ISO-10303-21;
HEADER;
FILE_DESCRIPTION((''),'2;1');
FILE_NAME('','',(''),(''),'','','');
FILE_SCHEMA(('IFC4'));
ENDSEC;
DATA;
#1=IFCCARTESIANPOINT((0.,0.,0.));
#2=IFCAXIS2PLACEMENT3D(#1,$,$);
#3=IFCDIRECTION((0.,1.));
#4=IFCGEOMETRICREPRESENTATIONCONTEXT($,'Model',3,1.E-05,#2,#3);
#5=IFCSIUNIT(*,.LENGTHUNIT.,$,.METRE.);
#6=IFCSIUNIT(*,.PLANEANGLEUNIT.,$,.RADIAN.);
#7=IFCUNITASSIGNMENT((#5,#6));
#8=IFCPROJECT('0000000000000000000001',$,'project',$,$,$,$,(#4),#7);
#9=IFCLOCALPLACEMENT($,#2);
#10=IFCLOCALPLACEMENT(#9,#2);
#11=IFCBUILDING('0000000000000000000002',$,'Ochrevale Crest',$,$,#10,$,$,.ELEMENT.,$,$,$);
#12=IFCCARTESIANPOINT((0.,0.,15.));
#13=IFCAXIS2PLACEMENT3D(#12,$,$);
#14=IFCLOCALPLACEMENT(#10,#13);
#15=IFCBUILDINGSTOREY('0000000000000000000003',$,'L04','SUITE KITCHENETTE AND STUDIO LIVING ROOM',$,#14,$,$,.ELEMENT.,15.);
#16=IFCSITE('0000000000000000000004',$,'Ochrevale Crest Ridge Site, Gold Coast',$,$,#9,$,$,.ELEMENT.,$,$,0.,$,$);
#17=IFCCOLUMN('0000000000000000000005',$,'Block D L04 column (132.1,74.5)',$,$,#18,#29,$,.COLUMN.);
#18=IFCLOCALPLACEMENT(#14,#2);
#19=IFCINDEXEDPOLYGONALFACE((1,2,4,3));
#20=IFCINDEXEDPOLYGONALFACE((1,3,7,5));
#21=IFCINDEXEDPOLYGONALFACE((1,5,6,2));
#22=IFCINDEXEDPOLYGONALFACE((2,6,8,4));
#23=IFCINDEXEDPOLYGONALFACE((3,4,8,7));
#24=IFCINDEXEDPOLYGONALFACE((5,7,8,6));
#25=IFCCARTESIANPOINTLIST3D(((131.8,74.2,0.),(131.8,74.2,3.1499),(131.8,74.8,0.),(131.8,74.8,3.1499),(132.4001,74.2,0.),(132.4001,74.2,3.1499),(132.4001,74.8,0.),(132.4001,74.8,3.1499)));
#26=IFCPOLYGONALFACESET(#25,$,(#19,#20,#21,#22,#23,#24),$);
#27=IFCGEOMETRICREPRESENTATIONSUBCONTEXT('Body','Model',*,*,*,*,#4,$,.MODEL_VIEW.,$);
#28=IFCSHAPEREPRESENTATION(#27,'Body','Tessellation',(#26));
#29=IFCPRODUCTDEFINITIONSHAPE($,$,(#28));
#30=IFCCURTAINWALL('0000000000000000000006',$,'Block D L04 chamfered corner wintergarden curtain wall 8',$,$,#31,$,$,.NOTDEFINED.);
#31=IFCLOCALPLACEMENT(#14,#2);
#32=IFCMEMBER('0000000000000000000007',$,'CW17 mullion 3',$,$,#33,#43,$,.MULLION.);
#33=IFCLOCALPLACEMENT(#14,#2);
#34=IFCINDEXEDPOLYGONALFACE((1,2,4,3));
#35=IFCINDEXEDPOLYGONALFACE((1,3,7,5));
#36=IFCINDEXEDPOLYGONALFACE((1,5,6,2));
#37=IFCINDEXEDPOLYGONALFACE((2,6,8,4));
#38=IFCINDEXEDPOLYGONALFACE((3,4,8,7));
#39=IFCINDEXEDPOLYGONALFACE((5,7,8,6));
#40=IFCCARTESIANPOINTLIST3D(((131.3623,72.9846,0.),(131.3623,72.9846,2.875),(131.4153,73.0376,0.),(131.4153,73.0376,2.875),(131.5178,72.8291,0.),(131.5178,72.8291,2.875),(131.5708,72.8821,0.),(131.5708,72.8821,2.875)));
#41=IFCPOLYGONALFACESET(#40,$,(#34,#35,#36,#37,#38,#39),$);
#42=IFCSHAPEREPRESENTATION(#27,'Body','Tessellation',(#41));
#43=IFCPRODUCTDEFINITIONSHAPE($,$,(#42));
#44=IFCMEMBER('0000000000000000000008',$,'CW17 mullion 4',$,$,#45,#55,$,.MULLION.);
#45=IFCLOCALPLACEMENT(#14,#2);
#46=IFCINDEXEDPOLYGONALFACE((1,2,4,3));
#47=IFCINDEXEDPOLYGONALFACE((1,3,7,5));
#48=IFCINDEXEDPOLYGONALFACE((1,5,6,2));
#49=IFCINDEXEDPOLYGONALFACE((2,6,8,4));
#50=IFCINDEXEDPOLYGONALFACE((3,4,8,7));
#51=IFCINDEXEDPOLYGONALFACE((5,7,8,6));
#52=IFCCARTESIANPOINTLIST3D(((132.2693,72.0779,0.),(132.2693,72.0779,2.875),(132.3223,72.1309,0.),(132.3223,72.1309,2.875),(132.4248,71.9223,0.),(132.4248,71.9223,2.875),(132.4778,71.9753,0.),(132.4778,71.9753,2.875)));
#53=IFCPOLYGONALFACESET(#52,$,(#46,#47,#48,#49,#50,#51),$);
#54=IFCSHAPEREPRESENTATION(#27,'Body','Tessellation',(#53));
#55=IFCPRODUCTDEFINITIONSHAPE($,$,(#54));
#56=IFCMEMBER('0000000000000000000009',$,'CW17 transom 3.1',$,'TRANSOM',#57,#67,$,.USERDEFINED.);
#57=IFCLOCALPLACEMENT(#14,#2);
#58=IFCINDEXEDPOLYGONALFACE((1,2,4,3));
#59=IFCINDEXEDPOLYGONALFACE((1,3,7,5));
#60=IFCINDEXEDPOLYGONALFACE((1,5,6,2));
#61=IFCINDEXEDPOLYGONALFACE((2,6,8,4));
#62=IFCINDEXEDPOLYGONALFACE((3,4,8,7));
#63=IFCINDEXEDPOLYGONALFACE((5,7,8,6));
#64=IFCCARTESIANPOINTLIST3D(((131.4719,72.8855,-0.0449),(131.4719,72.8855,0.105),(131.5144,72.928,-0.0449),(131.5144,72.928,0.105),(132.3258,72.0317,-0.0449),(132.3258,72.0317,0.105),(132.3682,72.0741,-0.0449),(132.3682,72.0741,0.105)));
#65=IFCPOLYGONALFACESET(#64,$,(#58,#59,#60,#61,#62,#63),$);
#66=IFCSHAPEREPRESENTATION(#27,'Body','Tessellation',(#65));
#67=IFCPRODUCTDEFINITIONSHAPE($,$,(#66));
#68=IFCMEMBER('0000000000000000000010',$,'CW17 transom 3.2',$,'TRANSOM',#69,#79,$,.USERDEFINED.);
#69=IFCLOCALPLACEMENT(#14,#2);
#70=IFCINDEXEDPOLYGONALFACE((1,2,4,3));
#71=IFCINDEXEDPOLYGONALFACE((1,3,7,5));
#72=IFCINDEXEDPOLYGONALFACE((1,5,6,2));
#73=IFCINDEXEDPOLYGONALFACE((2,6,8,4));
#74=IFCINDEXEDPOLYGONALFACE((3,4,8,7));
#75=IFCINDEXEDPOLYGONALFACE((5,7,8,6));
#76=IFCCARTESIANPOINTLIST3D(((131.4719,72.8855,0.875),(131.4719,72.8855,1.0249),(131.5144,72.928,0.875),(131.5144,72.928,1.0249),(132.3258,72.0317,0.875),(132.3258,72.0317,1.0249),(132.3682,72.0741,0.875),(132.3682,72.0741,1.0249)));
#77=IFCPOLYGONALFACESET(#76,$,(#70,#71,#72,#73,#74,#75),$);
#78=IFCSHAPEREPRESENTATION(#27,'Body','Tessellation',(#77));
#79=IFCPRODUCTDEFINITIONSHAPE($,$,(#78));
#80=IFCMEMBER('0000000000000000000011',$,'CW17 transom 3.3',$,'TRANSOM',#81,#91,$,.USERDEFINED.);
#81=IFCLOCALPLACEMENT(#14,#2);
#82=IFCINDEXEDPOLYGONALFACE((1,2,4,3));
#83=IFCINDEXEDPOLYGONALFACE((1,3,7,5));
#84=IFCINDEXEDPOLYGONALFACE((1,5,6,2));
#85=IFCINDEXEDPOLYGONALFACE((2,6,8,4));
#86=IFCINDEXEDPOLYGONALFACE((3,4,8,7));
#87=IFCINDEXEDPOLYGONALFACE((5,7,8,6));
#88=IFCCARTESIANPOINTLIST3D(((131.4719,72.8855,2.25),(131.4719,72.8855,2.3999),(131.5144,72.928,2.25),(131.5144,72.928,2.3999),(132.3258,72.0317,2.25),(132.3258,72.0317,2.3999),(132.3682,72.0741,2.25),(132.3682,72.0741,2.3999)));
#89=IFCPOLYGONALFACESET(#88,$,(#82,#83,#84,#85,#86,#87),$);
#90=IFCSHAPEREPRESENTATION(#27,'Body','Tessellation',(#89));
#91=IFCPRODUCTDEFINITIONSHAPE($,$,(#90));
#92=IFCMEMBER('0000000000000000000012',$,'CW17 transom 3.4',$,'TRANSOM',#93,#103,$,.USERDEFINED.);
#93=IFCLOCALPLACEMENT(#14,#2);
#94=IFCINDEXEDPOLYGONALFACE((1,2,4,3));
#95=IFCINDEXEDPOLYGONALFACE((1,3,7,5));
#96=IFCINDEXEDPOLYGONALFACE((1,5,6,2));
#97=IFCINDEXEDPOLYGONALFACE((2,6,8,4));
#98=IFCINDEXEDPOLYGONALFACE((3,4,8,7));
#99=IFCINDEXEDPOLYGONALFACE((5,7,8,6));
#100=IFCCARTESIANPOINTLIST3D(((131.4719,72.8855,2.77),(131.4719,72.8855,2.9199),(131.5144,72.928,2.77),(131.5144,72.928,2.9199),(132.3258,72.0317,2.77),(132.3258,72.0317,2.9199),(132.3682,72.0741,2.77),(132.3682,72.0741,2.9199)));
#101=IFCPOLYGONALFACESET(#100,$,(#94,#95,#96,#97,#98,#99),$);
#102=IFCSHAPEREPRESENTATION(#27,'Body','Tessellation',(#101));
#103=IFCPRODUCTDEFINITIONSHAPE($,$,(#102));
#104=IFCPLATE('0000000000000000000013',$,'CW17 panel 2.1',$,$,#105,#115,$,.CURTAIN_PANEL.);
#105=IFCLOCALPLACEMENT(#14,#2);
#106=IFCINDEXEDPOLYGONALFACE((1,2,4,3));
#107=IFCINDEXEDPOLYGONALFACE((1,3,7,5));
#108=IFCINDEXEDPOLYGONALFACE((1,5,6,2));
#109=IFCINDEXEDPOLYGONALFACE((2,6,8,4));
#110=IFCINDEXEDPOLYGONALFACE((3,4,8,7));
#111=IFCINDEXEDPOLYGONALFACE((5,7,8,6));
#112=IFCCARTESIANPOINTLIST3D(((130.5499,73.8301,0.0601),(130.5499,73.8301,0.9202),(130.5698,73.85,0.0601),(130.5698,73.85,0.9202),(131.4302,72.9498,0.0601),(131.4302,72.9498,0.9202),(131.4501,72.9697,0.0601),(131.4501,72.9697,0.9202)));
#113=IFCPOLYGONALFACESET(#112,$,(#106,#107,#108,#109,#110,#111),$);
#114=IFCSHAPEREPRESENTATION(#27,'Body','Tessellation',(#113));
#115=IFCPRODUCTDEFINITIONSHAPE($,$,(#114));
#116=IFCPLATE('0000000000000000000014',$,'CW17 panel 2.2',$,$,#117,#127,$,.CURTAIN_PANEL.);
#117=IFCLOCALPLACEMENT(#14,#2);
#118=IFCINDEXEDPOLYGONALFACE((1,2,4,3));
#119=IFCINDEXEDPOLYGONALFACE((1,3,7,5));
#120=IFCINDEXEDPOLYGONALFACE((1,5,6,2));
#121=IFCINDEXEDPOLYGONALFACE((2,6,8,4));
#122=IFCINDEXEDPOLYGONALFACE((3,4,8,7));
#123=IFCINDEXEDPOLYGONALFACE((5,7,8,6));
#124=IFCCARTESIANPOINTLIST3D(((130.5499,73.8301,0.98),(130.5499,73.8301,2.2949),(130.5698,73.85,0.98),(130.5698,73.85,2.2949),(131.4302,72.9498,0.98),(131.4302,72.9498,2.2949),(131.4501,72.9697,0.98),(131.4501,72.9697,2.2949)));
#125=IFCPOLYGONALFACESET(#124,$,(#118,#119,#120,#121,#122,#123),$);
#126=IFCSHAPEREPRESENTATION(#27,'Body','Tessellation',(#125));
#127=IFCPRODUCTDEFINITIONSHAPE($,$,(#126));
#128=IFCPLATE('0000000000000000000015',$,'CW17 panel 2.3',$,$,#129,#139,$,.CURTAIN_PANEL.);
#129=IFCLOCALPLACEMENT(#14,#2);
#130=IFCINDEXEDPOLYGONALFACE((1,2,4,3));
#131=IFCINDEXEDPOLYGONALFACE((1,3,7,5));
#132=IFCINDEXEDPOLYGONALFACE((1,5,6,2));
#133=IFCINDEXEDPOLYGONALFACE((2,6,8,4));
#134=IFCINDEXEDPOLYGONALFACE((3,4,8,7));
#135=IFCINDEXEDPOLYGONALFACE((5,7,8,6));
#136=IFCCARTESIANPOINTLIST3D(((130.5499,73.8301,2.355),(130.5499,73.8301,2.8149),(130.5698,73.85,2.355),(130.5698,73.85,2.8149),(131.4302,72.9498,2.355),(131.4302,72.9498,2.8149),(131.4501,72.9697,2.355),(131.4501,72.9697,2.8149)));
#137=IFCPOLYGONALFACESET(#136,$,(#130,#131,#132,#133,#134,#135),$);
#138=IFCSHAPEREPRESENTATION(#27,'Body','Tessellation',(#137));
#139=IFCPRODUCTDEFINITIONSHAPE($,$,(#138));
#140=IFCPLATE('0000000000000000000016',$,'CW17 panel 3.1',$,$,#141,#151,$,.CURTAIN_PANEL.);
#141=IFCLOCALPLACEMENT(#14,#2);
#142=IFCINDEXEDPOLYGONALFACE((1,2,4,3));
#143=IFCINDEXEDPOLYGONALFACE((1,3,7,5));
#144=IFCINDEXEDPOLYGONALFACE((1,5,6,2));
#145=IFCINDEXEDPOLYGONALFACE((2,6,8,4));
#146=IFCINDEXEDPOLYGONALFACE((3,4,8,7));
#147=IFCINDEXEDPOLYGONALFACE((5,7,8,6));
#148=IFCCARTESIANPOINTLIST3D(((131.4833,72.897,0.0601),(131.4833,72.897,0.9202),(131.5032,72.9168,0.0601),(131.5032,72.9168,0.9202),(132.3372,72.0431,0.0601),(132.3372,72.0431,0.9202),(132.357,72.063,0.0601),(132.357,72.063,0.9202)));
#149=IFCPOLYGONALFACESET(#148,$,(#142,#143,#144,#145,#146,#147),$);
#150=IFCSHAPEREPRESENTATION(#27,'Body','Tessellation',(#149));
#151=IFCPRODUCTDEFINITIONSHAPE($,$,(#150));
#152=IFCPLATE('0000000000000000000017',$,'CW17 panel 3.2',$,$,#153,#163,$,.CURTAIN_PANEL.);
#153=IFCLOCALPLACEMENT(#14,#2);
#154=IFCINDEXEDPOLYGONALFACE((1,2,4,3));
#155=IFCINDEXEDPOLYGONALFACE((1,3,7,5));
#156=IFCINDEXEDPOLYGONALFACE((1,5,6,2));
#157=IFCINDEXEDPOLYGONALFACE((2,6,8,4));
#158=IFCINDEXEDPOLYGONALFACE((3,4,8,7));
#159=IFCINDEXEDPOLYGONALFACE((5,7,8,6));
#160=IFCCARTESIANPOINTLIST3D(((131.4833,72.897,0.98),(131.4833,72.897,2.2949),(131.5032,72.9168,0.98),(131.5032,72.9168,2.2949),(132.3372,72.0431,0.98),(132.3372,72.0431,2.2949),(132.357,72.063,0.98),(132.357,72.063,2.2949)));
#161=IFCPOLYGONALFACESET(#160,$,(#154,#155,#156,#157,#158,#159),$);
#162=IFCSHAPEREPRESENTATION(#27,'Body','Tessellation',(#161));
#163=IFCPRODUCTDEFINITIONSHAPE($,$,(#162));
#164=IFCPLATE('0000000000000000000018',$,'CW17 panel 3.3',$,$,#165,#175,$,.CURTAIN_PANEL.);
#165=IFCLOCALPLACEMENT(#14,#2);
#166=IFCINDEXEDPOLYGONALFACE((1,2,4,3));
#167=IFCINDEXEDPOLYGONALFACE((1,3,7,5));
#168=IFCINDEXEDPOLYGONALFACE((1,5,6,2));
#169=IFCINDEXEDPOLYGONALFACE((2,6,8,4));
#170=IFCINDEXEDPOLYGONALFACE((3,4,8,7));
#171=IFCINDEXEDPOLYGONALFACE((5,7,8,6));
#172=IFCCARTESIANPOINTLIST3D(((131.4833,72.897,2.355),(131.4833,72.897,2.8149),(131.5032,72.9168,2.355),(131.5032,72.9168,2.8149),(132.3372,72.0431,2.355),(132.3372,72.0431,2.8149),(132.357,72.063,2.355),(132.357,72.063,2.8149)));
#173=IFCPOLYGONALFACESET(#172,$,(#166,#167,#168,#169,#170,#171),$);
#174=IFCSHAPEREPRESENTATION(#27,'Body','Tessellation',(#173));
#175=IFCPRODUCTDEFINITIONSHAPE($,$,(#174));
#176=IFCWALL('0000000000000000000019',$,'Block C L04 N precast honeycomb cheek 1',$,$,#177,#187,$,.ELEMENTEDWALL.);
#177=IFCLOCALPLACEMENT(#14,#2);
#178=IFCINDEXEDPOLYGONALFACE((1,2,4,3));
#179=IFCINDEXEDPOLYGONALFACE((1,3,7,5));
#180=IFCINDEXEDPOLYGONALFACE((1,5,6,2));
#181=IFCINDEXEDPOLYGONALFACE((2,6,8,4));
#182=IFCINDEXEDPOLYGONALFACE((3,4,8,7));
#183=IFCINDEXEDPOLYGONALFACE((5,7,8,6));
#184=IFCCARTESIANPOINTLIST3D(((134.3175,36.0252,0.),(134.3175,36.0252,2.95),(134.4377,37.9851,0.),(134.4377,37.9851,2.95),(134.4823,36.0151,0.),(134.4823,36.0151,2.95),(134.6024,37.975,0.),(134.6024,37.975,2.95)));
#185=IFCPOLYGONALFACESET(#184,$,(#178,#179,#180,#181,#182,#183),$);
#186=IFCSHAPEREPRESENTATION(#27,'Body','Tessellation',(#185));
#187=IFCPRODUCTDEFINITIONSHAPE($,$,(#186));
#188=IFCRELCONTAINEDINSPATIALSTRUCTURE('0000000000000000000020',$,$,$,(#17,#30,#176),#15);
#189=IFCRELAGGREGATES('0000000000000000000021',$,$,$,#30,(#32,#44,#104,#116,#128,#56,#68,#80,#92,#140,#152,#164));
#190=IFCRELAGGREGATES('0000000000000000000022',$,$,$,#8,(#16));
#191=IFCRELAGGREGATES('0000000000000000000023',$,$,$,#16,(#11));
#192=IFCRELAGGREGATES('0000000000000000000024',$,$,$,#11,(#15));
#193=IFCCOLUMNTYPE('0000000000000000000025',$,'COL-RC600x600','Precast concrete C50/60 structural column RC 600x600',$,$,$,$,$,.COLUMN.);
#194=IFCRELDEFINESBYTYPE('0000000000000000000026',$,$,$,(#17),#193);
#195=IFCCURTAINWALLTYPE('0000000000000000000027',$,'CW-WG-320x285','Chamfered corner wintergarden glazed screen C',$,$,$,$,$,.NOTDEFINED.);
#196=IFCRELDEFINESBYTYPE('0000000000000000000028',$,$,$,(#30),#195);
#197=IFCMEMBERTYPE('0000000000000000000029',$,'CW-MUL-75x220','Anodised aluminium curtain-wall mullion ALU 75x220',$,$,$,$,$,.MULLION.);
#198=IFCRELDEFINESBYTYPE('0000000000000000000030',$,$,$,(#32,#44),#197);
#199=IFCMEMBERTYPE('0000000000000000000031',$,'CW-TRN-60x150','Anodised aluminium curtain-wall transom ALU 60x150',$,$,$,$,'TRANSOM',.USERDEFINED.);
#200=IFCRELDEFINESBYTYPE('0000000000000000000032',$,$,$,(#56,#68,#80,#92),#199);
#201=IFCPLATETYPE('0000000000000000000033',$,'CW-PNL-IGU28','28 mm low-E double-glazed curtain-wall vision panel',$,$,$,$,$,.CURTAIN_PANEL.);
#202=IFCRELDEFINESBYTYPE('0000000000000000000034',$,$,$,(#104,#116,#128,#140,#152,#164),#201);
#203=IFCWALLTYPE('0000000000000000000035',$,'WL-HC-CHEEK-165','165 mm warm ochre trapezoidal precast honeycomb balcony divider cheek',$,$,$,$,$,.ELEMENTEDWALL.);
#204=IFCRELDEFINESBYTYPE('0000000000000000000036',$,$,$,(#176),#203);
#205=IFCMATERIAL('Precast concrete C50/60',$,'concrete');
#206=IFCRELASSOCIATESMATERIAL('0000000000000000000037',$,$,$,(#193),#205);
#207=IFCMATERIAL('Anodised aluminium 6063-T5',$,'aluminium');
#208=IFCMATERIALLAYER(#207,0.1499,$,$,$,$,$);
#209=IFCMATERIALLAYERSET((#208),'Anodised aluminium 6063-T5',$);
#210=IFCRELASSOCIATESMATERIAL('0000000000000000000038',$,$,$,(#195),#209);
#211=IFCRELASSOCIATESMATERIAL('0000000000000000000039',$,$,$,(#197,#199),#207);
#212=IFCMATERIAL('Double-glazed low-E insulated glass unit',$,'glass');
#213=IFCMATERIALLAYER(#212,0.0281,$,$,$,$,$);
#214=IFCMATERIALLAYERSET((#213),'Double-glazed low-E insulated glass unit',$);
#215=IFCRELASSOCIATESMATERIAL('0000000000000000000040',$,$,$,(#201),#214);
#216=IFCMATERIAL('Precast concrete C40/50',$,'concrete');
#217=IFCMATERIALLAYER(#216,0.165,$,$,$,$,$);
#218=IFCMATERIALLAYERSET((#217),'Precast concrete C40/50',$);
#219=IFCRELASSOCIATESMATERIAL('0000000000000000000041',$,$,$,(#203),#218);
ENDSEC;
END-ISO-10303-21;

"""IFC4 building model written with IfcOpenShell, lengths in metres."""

from ifc_helpers import new_model, si_unit, direction, frame, frame_2d, origin, origin_2d, place, context, subcontext, project, spatial, rectangle, extrude, material, layer, layer_set, material_profile, profile_set, type_object, element, aggregate, save


model = new_model("IFC4")

# Units and contexts
model_context = context("Model", 3, precision=1e-05, world=origin(), true_north=direction((0.0, 1.0)))
body_context = subcontext(model_context, "Body", "Model", "MODEL_VIEW")
ifc_project = project(units=[si_unit("LENGTHUNIT", "METRE"), si_unit("PLANEANGLEUNIT", "RADIAN")], contexts=[model_context])

# Site, building, storey
site_placement = place(None, origin())
site = spatial("IfcSite", under=ifc_project, at=site_placement, Name="Ochrevale Crest Ridge Site, Gold Coast", CompositionType="ELEMENT", RefElevation=0.0)
building_placement = place(site_placement, origin())
building = spatial("IfcBuilding", under=site, at=building_placement, Name="Ochrevale Crest", CompositionType="ELEMENT")
storey_placement = place(building_placement, frame((0.0, 0.0, 15.0)))
storey = spatial("IfcBuildingStorey", under=building, at=storey_placement, Name="L04", Description="SUITE KITCHENETTE AND STUDIO LIVING ROOM", CompositionType="ELEMENT", Elevation=15.0)

# Column
ifc_material_1 = material(Name="Precast concrete C50/60", Category="concrete")
ifc_material_profile_1 = material_profile(ifc_material_1, rectangle(XDim=0.6001, YDim=0.6001, at=origin_2d()), Name="RC 600x600")
ifc_profile_set_1 = profile_set([ifc_material_profile_1], Name="Precast concrete C50/60")
column_type = type_object("IfcColumnType", Name="COL-RC600x600", Description="Precast concrete C50/60 structural column RC 600x600", PredefinedType="COLUMN", material=ifc_profile_set_1)
column_placement = place(storey_placement, frame((132.1001, 74.5, 0.0), z_axis=(0.0, 0.0, 1.0), x_axis=(1.0, 0.0, 0.0)))
element("IfcColumn", 1, at=column_placement, inside=storey, type_object=column_type, Name="Block D L04 column (132.1,74.5)", PredefinedType="COLUMN", context=body_context, shape_type="SweptSolid", body=[
    extrude(rectangle(XDim=0.6001, YDim=0.6001, at=origin_2d()), origin(), (0.0, 0.0, 1.0), 3.1499),
])

# Curtain wall, members, plates
ifc_material_2 = material(Name="Anodised aluminium 6063-T5", Category="aluminium")
ifc_layer_1 = layer(ifc_material_2, 0.1499)
ifc_layer_set_1 = layer_set([ifc_layer_1], Name="Anodised aluminium 6063-T5")
curtain_wall_type = type_object("IfcCurtainWallType", Name="CW-WG-320x285", Description="Chamfered corner wintergarden glazed screen C", PredefinedType="NOTDEFINED", material=ifc_layer_set_1)
curtain_wall_placement = place(storey_placement, origin())
curtain_wall = element("IfcCurtainWall", 2, at=curtain_wall_placement, inside=storey, type_object=curtain_wall_type, Name="Block D L04 chamfered corner wintergarden curtain wall 8", PredefinedType="NOTDEFINED")
ifc_material_profile_2 = material_profile(ifc_material_2, rectangle(XDim=0.075, YDim=0.22, at=origin_2d()), Name="ALU 75x220")
ifc_profile_set_2 = profile_set([ifc_material_profile_2], Name="Anodised aluminium 6063-T5")
member_type_1 = type_object("IfcMemberType", Name="CW-MUL-75x220", Description="Anodised aluminium curtain-wall mullion ALU 75x220", PredefinedType="MULLION", material=ifc_profile_set_2)
member_1_placement = place(storey_placement, frame((131.4666, 72.9333, 0.0), z_axis=(0.0, 0.0, 1.0), x_axis=(0.707107, 0.707107, 0.0)))
member_1 = element("IfcMember", 3, at=member_1_placement, type_object=member_type_1, Name="CW17 mullion 3", PredefinedType="MULLION", context=body_context, shape_type="SweptSolid", body=[
    extrude(rectangle(XDim=0.075, YDim=0.22, at=origin_2d()), origin(), (0.0, 0.0, 1.0), 2.875),
])
member_2_placement = place(storey_placement, frame((132.3735, 72.0266, 0.0), z_axis=(0.0, 0.0, 1.0), x_axis=(0.707107, 0.707107, 0.0)))
member_2 = element("IfcMember", 4, at=member_2_placement, type_object=member_type_1, Name="CW17 mullion 4", PredefinedType="MULLION", context=body_context, shape_type="SweptSolid", body=[
    extrude(rectangle(XDim=0.075, YDim=0.22, at=origin_2d()), origin(), (0.0, 0.0, 1.0), 2.875),
])
ifc_material_profile_3 = material_profile(ifc_material_2, rectangle(XDim=0.0601, YDim=0.1499, at=origin_2d()), Name="ALU 60x150")
ifc_profile_set_3 = profile_set([ifc_material_profile_3], Name="Anodised aluminium 6063-T5")
member_type_2 = type_object("IfcMemberType", Name="CW-TRN-60x150", Description="Anodised aluminium curtain-wall transom ALU 60x150", ElementType="TRANSOM", PredefinedType="USERDEFINED", material=ifc_profile_set_3)
member_3_placement = place(storey_placement, frame((131.4932, 72.9067, 0.03), z_axis=(0.707107, -0.707107, 0.0), x_axis=(0.707107, 0.707107, 0.0)))
member_3 = element("IfcMember", 5, at=member_3_placement, type_object=member_type_2, Name="CW17 transom 3.1", ObjectType="TRANSOM", PredefinedType="USERDEFINED", context=body_context, shape_type="SweptSolid", body=[
    extrude(rectangle(XDim=0.0601, YDim=0.1499, at=origin_2d()), origin(), (0.0, 0.0, 1.0), 1.2075),
])
member_4_placement = place(storey_placement, frame((131.4932, 72.9067, 0.95), z_axis=(0.707107, -0.707107, 0.0), x_axis=(0.707107, 0.707107, 0.0)))
member_4 = element("IfcMember", 6, at=member_4_placement, type_object=member_type_2, Name="CW17 transom 3.2", ObjectType="TRANSOM", PredefinedType="USERDEFINED", context=body_context, shape_type="SweptSolid", body=[
    extrude(rectangle(XDim=0.0601, YDim=0.1499, at=origin_2d()), origin(), (0.0, 0.0, 1.0), 1.2075),
])
member_5_placement = place(storey_placement, frame((131.4932, 72.9067, 2.325), z_axis=(0.707107, -0.707107, 0.0), x_axis=(0.707107, 0.707107, 0.0)))
member_5 = element("IfcMember", 7, at=member_5_placement, type_object=member_type_2, Name="CW17 transom 3.3", ObjectType="TRANSOM", PredefinedType="USERDEFINED", context=body_context, shape_type="SweptSolid", body=[
    extrude(rectangle(XDim=0.0601, YDim=0.1499, at=origin_2d()), origin(), (0.0, 0.0, 1.0), 1.2075),
])
member_6_placement = place(storey_placement, frame((131.4932, 72.9067, 2.845), z_axis=(0.707107, -0.707107, 0.0), x_axis=(0.707107, 0.707107, 0.0)))
member_6 = element("IfcMember", 8, at=member_6_placement, type_object=member_type_2, Name="CW17 transom 3.4", ObjectType="TRANSOM", PredefinedType="USERDEFINED", context=body_context, shape_type="SweptSolid", body=[
    extrude(rectangle(XDim=0.0601, YDim=0.1499, at=origin_2d()), origin(), (0.0, 0.0, 1.0), 1.2075),
])
ifc_material_3 = material(Name="Double-glazed low-E insulated glass unit", Category="glass")
ifc_layer_2 = layer(ifc_material_3, 0.0281)
ifc_layer_set_2 = layer_set([ifc_layer_2], Name="Double-glazed low-E insulated glass unit")
plate_type = type_object("IfcPlateType", Name="CW-PNL-IGU28", Description="28 mm low-E double-glazed curtain-wall vision panel", PredefinedType="CURTAIN_PANEL", material=ifc_layer_set_2)
plate_1_placement = place(storey_placement, frame((131.0, 73.3999, 0.0601), z_axis=(0.0, 0.0, 1.0), x_axis=(0.707107, -0.707107, 0.0)))
plate_1 = element("IfcPlate", 9, at=plate_1_placement, type_object=plate_type, Name="CW17 panel 2.1", PredefinedType="CURTAIN_PANEL", context=body_context, shape_type="SweptSolid", body=[
    extrude(rectangle(XDim=1.2449, YDim=0.0281, at=origin_2d()), origin(), (0.0, 0.0, 1.0), 0.8601),
])
plate_2_placement = place(storey_placement, frame((131.0, 73.3999, 0.98), z_axis=(0.0, 0.0, 1.0), x_axis=(0.707107, -0.707107, 0.0)))
plate_2 = element("IfcPlate", 10, at=plate_2_placement, type_object=plate_type, Name="CW17 panel 2.2", PredefinedType="CURTAIN_PANEL", context=body_context, shape_type="SweptSolid", body=[
    extrude(rectangle(XDim=1.2449, YDim=0.0281, at=origin_2d()), origin(), (0.0, 0.0, 1.0), 1.3149),
])
plate_3_placement = place(storey_placement, frame((131.0, 73.3999, 2.355), z_axis=(0.0, 0.0, 1.0), x_axis=(0.707107, -0.707107, 0.0)))
plate_3 = element("IfcPlate", 11, at=plate_3_placement, type_object=plate_type, Name="CW17 panel 2.3", PredefinedType="CURTAIN_PANEL", context=body_context, shape_type="SweptSolid", body=[
    extrude(rectangle(XDim=1.2449, YDim=0.0281, at=origin_2d()), origin(), (0.0, 0.0, 1.0), 0.46),
])
plate_4_placement = place(storey_placement, frame((131.9202, 72.48, 0.0601), z_axis=(0.0, 0.0, 1.0), x_axis=(0.707107, -0.707107, 0.0)))
plate_4 = element("IfcPlate", 12, at=plate_4_placement, type_object=plate_type, Name="CW17 panel 3.1", PredefinedType="CURTAIN_PANEL", context=body_context, shape_type="SweptSolid", body=[
    extrude(rectangle(XDim=1.2075, YDim=0.0281, at=origin_2d()), origin(), (0.0, 0.0, 1.0), 0.8601),
])
plate_5_placement = place(storey_placement, frame((131.9202, 72.48, 0.98), z_axis=(0.0, 0.0, 1.0), x_axis=(0.707107, -0.707107, 0.0)))
plate_5 = element("IfcPlate", 13, at=plate_5_placement, type_object=plate_type, Name="CW17 panel 3.2", PredefinedType="CURTAIN_PANEL", context=body_context, shape_type="SweptSolid", body=[
    extrude(rectangle(XDim=1.2075, YDim=0.0281, at=origin_2d()), origin(), (0.0, 0.0, 1.0), 1.3149),
])
plate_6_placement = place(storey_placement, frame((131.9202, 72.48, 2.355), z_axis=(0.0, 0.0, 1.0), x_axis=(0.707107, -0.707107, 0.0)))
plate_6 = element("IfcPlate", 14, at=plate_6_placement, type_object=plate_type, Name="CW17 panel 3.3", PredefinedType="CURTAIN_PANEL", context=body_context, shape_type="SweptSolid", body=[
    extrude(rectangle(XDim=1.2075, YDim=0.0281, at=origin_2d()), origin(), (0.0, 0.0, 1.0), 0.46),
])
aggregate(curtain_wall, [member_1, member_2, plate_1, plate_2, plate_3, member_3, member_4, member_5, member_6, plate_4, plate_5, plate_6])

# Shared definitions
ifc_material_4 = material(Name="Precast concrete C40/50", Category="concrete")

# Wall
ifc_layer_3 = layer(ifc_material_4, 0.165)
ifc_layer_set_3 = layer_set([ifc_layer_3], Name="Precast concrete C40/50")
wall_type_1 = type_object("IfcWallType", Name="WL-HC-CHEEK-165", Description="165 mm warm ochre trapezoidal precast honeycomb balcony divider cheek", PredefinedType="ELEMENTEDWALL", material=ifc_layer_set_3)
wall_1_placement = place(storey_placement, frame((134.3999, 36.02, 0.0), z_axis=(0.0, 0.0, 1.0), x_axis=(0.061171, 0.998127, 0.0)))
element("IfcWall", 15, at=wall_1_placement, inside=storey, type_object=wall_type_1, Name="Block C L04 N precast honeycomb cheek 1", PredefinedType="ELEMENTEDWALL", context=body_context, shape_type="SweptSolid", body=[
    extrude(rectangle(XDim=1.9636, YDim=0.165, at=frame_2d((0.9819, 0.0))), origin(), (0.0, 0.0, 1.0), 2.95),
])

save(model, "model.ifc")
